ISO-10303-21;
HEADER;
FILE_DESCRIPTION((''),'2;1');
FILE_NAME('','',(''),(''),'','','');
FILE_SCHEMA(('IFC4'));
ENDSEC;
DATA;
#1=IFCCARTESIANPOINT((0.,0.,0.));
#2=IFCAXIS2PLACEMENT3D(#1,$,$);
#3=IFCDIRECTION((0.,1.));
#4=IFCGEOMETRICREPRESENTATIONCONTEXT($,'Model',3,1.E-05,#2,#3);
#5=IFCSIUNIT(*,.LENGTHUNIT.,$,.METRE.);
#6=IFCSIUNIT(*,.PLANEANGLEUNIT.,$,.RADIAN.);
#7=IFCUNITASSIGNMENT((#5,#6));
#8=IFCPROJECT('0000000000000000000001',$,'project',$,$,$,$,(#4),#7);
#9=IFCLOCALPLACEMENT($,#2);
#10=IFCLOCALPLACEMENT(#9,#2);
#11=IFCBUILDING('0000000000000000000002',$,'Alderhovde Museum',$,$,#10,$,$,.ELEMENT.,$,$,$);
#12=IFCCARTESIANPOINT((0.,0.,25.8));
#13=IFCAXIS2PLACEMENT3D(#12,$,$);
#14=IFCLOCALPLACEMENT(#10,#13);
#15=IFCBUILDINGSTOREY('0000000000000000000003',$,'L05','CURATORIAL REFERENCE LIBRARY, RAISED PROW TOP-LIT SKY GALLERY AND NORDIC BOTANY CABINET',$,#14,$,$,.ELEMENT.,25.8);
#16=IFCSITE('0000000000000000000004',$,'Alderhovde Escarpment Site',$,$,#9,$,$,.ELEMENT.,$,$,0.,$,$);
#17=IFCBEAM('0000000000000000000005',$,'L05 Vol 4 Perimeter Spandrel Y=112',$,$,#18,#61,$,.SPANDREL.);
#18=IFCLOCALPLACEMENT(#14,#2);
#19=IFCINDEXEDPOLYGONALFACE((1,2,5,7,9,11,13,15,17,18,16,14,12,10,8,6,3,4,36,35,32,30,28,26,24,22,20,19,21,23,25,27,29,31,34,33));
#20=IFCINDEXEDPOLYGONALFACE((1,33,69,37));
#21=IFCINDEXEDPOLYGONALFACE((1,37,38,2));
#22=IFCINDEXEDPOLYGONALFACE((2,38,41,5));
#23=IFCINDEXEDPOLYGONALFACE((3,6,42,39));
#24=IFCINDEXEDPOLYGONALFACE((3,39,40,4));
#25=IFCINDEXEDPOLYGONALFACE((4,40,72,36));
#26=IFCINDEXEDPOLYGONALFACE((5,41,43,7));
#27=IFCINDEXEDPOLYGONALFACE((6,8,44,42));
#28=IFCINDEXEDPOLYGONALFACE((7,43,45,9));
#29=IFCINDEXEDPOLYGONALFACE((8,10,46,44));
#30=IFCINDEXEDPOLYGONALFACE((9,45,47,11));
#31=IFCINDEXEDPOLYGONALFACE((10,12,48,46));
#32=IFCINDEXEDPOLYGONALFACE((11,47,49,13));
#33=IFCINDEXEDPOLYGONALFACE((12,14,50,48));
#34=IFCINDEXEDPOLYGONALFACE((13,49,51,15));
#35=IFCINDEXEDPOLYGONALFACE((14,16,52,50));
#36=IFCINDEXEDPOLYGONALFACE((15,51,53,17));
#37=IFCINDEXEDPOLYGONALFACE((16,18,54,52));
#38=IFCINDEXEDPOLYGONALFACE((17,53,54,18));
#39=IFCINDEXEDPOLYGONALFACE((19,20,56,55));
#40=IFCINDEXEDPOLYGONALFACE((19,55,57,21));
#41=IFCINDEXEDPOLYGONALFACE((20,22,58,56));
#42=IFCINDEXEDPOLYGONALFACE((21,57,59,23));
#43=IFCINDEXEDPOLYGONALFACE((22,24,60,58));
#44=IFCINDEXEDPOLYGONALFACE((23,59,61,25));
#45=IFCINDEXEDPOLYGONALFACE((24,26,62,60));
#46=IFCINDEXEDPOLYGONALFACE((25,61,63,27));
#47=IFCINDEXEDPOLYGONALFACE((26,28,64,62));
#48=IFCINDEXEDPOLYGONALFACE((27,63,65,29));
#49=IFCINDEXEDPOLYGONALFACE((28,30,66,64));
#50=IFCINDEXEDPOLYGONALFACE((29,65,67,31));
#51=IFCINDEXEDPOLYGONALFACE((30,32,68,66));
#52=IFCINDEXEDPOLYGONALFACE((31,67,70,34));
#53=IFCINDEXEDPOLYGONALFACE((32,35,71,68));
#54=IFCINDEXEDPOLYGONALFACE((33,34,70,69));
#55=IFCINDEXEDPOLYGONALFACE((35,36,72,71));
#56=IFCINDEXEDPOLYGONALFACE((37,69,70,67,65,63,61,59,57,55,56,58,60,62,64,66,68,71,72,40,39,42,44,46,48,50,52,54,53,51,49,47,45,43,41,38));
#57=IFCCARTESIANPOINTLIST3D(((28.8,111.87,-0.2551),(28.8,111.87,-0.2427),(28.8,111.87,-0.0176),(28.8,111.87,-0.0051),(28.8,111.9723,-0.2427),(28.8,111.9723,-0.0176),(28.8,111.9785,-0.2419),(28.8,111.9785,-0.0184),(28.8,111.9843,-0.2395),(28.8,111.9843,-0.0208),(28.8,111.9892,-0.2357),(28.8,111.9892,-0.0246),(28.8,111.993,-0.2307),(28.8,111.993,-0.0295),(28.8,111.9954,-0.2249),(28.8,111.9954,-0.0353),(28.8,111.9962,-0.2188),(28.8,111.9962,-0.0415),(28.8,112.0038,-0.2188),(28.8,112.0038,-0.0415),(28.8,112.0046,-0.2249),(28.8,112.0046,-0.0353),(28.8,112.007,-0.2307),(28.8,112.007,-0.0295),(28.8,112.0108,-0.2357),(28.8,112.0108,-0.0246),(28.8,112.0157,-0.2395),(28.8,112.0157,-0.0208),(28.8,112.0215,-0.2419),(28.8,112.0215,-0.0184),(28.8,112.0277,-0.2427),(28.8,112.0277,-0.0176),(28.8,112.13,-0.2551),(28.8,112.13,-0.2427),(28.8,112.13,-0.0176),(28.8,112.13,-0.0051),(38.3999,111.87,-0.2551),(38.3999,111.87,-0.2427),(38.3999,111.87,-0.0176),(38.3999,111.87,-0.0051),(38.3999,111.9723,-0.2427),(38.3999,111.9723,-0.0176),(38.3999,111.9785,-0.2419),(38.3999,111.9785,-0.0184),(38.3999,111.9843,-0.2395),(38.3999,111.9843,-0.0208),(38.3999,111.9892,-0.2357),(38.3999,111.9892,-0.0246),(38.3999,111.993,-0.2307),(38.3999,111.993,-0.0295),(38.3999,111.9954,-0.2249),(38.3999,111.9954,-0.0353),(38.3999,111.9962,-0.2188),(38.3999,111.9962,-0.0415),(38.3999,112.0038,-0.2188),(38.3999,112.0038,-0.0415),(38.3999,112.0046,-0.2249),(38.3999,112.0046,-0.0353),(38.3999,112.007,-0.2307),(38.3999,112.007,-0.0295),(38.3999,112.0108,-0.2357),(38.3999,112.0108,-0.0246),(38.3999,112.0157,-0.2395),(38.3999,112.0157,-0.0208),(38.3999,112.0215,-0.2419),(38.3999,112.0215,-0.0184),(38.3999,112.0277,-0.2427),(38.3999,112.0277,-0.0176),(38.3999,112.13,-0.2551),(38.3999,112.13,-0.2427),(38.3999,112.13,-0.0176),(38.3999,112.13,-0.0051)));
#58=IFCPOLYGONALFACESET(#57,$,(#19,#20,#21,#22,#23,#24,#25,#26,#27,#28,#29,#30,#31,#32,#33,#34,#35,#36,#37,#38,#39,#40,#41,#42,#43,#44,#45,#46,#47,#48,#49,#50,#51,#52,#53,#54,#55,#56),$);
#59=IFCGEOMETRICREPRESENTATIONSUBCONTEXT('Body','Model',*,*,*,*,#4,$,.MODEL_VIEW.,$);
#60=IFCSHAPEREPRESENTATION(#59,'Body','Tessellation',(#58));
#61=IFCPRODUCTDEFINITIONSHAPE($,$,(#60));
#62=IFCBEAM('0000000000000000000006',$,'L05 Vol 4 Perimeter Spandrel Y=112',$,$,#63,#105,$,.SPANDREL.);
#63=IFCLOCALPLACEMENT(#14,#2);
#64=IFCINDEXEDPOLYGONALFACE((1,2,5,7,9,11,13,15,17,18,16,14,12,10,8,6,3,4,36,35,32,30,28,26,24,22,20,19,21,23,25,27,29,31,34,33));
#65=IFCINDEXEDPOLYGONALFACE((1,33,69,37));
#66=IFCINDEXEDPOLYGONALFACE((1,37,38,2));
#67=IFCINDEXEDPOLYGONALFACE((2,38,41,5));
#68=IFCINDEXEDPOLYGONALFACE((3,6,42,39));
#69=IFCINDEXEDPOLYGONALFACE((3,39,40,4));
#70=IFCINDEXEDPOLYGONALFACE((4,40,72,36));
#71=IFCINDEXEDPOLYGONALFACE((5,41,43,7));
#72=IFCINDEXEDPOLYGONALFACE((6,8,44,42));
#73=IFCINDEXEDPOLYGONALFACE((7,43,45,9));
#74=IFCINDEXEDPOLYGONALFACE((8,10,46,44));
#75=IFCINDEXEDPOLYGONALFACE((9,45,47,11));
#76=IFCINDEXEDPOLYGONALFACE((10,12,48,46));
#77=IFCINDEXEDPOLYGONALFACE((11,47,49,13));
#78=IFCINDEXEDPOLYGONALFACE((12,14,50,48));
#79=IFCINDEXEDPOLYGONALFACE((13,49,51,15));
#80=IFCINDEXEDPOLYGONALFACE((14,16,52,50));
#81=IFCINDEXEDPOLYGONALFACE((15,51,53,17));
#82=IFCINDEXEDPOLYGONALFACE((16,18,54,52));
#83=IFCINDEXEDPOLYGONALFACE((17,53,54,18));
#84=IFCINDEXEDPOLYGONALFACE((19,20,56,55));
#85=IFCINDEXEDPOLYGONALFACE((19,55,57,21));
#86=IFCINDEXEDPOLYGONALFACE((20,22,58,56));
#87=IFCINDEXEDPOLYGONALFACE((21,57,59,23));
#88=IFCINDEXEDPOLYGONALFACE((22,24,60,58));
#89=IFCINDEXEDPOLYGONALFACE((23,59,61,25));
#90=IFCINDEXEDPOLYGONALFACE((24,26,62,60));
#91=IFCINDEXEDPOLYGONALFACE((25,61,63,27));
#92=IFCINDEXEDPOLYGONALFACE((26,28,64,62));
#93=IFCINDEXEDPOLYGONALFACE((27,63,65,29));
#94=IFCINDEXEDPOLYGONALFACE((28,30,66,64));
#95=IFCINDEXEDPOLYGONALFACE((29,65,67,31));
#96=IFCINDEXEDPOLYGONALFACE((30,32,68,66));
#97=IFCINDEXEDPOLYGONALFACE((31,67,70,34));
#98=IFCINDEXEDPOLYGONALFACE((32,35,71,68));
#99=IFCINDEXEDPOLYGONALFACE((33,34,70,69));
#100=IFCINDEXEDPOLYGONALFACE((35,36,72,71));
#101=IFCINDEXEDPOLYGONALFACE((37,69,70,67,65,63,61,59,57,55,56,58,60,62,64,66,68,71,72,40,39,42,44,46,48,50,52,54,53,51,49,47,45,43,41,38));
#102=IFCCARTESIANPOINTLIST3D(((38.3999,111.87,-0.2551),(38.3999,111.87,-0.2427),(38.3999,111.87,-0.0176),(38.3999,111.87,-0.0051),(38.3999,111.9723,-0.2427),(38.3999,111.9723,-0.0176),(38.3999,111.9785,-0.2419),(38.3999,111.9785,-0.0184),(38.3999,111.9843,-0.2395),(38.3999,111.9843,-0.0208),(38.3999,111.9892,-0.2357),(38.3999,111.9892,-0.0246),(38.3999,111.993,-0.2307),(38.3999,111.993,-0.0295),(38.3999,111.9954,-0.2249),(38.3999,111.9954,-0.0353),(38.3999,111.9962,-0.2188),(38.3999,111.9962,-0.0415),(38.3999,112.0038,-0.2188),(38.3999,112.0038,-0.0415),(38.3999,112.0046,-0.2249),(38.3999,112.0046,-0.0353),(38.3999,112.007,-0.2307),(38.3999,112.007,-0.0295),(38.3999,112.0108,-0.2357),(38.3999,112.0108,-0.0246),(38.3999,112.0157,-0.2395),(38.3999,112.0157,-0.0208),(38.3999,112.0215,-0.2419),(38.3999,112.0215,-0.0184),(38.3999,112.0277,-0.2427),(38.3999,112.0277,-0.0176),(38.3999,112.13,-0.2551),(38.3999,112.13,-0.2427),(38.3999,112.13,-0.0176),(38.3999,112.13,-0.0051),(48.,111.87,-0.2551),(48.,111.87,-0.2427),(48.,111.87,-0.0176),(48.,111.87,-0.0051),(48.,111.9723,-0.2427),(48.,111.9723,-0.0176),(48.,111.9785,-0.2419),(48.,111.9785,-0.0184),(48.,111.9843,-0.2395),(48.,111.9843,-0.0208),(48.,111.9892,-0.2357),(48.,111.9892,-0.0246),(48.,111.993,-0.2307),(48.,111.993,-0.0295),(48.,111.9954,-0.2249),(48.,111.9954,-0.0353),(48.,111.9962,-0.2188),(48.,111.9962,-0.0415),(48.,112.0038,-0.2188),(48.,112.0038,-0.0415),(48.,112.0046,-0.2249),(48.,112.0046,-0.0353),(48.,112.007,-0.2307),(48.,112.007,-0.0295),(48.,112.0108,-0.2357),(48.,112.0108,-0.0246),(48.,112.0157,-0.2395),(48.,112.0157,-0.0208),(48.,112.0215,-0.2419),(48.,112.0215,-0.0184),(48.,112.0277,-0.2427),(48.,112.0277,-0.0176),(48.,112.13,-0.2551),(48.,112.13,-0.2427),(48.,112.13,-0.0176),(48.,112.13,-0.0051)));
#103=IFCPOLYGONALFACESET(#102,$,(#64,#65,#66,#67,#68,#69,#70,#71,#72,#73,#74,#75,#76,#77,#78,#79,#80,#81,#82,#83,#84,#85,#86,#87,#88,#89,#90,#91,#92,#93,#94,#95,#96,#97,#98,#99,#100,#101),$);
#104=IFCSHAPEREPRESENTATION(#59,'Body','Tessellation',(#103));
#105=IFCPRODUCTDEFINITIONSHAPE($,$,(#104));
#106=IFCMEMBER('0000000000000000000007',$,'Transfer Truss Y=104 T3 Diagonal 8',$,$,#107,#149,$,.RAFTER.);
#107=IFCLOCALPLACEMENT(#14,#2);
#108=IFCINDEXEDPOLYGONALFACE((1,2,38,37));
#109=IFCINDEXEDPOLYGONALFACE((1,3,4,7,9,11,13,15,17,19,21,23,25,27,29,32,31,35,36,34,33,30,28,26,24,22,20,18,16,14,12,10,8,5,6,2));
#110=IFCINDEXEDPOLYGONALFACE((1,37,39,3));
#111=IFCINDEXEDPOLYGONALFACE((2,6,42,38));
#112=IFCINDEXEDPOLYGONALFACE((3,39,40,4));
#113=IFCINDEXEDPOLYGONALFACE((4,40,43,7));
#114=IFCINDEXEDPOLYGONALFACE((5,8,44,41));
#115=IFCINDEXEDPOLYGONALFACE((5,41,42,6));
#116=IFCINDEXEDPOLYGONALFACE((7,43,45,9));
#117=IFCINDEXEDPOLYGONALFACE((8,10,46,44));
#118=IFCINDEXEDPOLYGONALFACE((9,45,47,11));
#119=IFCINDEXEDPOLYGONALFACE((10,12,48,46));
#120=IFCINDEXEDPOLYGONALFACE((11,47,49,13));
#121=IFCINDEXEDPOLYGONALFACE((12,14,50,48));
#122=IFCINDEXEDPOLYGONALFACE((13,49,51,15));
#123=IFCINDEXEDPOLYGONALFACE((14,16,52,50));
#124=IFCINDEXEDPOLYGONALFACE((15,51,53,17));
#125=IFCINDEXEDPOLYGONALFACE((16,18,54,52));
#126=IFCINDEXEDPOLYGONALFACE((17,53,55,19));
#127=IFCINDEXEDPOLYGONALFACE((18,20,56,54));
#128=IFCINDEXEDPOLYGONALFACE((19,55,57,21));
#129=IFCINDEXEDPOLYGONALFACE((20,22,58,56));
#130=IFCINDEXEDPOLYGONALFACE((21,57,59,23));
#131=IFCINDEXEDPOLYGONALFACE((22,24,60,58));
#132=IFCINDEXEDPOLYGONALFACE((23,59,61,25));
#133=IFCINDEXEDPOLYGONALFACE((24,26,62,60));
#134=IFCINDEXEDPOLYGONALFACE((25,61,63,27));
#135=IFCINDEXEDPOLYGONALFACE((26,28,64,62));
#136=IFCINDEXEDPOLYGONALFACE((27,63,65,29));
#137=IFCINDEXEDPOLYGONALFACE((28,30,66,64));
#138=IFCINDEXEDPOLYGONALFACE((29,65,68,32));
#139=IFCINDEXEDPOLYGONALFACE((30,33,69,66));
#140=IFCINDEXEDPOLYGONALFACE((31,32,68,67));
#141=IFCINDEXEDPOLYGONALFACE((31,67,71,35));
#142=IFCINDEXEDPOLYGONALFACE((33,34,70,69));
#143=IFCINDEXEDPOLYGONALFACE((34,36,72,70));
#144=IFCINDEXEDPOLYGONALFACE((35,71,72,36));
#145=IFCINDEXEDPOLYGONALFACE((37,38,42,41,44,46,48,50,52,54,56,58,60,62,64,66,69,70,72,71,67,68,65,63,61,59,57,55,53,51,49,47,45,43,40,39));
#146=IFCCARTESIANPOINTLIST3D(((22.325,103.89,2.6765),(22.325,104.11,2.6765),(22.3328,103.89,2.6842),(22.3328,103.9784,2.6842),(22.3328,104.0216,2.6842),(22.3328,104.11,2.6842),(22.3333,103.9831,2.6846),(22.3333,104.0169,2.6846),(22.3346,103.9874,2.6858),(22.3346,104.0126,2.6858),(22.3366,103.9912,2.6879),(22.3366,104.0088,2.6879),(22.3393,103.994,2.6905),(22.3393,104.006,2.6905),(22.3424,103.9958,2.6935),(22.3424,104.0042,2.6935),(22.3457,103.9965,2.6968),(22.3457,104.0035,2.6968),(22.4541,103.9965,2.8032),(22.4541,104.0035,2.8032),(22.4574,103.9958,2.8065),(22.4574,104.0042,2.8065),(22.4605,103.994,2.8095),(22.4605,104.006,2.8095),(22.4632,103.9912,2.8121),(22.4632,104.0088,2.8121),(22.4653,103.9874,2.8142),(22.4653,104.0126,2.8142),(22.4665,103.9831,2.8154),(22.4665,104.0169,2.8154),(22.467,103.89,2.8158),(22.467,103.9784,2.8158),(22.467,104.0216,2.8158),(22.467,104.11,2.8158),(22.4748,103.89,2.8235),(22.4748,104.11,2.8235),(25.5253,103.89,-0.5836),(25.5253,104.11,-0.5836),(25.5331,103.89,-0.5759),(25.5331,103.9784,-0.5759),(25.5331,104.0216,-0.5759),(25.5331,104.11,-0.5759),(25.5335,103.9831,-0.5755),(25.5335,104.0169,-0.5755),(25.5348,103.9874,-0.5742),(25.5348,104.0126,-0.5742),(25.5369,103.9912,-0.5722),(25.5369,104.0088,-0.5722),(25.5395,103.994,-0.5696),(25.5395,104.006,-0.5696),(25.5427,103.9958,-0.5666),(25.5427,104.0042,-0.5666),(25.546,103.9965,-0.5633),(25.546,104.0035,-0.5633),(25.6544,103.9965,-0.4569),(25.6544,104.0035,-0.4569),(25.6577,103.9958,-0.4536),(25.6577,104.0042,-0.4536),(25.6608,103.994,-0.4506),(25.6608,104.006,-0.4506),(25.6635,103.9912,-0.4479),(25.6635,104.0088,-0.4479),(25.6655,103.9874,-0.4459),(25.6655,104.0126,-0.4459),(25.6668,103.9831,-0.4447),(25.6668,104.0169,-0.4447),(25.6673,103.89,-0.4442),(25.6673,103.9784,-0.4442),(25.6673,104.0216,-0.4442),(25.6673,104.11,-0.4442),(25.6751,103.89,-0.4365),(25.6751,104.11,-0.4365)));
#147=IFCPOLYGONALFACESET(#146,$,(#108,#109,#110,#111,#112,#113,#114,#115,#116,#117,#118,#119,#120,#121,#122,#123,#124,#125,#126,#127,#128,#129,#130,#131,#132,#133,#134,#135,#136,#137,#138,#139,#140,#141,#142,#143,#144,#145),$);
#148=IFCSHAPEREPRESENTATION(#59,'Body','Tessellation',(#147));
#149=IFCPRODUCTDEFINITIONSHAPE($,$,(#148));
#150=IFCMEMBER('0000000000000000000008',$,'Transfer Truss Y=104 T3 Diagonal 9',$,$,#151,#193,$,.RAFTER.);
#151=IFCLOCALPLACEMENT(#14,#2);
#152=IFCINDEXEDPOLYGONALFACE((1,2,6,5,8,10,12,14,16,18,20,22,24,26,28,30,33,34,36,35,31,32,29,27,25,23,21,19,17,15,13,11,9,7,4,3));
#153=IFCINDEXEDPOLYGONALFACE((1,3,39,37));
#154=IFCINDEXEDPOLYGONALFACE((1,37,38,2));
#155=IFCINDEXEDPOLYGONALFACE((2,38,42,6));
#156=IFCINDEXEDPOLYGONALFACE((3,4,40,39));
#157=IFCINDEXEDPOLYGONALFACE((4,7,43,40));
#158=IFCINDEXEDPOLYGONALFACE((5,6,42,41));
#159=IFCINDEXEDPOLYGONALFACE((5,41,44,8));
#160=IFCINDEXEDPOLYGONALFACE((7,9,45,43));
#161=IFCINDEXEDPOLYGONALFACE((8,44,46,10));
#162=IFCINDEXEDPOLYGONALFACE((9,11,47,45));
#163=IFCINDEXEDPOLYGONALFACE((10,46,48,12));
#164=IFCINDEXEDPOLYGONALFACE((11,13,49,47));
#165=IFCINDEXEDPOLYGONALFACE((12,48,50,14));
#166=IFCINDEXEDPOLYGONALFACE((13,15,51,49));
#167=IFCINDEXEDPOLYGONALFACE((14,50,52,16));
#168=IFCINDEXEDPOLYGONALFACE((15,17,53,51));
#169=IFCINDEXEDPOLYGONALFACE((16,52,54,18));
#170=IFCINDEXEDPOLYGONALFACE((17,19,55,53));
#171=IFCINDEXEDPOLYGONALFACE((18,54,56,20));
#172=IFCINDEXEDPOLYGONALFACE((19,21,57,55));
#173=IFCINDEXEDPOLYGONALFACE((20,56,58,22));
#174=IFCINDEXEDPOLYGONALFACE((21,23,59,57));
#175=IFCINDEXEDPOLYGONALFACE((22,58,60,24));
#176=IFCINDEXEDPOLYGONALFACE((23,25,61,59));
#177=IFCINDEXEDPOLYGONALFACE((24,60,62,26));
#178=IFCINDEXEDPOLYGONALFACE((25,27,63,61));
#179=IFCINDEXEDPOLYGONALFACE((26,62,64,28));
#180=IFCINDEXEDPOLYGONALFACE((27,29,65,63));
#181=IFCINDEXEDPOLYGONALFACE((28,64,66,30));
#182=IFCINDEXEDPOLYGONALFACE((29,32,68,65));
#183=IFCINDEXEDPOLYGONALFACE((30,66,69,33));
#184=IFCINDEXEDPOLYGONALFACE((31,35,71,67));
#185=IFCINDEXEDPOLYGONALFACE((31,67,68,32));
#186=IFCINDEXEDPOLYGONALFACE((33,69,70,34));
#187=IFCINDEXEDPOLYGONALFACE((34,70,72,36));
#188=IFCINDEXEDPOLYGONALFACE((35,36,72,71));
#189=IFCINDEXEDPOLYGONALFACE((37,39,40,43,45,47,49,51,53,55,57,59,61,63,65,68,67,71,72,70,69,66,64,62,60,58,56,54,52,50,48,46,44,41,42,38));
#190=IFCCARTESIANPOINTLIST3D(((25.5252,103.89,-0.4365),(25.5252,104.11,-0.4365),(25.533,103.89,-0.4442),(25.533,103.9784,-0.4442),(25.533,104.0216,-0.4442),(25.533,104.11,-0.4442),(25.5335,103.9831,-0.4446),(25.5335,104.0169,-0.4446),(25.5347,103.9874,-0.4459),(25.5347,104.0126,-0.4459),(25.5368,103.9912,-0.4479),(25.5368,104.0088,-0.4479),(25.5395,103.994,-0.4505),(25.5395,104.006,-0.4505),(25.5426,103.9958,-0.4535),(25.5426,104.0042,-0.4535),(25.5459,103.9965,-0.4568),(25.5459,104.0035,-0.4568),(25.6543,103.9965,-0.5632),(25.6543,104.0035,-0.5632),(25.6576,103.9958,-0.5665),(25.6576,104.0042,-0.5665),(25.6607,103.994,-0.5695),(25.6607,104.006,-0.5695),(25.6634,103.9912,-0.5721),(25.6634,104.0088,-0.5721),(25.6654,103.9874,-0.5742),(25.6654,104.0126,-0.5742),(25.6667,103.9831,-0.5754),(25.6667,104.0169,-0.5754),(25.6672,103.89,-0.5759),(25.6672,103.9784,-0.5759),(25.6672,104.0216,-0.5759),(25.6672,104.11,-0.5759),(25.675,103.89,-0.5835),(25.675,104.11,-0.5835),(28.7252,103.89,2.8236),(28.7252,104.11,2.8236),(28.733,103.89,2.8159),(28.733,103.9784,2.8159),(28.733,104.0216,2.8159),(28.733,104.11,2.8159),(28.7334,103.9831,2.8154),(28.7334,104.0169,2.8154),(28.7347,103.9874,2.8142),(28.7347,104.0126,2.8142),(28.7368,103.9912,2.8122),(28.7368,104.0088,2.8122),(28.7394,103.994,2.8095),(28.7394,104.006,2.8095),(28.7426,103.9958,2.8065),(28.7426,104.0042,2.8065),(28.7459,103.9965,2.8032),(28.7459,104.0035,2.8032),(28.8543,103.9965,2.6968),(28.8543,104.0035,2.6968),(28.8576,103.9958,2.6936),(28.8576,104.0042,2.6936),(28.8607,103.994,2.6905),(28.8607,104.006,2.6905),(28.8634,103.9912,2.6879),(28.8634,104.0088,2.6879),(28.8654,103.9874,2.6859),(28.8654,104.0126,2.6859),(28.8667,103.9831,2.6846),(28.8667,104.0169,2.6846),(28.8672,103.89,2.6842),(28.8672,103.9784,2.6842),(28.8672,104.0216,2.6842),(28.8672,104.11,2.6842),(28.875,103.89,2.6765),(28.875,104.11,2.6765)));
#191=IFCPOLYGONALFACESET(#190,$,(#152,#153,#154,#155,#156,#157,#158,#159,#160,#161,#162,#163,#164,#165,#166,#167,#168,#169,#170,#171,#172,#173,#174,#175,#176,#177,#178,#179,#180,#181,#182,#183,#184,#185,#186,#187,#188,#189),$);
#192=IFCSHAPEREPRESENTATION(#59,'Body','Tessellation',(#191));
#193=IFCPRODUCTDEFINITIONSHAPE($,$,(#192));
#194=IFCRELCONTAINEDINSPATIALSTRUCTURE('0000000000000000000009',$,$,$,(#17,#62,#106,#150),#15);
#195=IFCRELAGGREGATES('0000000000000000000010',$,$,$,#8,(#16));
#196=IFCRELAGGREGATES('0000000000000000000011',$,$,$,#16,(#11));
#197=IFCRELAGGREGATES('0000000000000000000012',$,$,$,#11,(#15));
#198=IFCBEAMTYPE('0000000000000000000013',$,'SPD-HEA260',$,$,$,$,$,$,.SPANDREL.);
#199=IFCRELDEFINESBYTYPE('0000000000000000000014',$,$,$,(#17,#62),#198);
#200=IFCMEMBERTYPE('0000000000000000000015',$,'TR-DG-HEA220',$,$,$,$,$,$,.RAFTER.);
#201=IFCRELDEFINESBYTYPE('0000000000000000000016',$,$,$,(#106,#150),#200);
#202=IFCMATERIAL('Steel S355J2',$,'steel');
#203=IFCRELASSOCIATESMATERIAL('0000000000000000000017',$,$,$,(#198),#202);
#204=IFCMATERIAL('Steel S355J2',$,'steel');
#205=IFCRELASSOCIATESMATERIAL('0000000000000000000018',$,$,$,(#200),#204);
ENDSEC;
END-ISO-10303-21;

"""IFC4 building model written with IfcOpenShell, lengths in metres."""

from ifc_helpers import new_model, si_unit, direction, frame, origin, origin_2d, place, context, subcontext, project, spatial, i_section, extrude, material, material_profile, profile_set, type_object, element, save


model = new_model("IFC4")

# Units and contexts
model_context = context("Model", 3, precision=1e-05, world=origin(), true_north=direction((0.0, 1.0)))
body_context = subcontext(model_context, "Body", "Model", "MODEL_VIEW")
ifc_project = project(units=[si_unit("LENGTHUNIT", "METRE"), si_unit("PLANEANGLEUNIT", "RADIAN")], contexts=[model_context])

# Site, building, storey
site_placement = place(None, origin())
site = spatial("IfcSite", under=ifc_project, at=site_placement, Name="Alderhovde Escarpment Site", CompositionType="ELEMENT", RefElevation=0.0)
building_placement = place(site_placement, origin())
building = spatial("IfcBuilding", under=site, at=building_placement, Name="Alderhovde Museum", CompositionType="ELEMENT")
storey_placement = place(building_placement, frame((0.0, 0.0, 25.8)))
storey = spatial("IfcBuildingStorey", under=building, at=storey_placement, Name="L05", Description="CURATORIAL REFERENCE LIBRARY, RAISED PROW TOP-LIT SKY GALLERY AND NORDIC BOTANY CABINET", CompositionType="ELEMENT", Elevation=25.8)

# Beams
ifc_material_1 = material(Name="Steel S355J2", Category="steel")
ifc_material_profile_1 = material_profile(ifc_material_1, i_section(OverallWidth=0.26, OverallDepth=0.25, WebThickness=0.0076, FlangeThickness=0.0125, FilletRadius=0.0239, at=origin_2d()), Name="HEA 260")
ifc_profile_set_1 = profile_set([ifc_material_profile_1], Name="Steel S355J2")
beam_type_1 = type_object("IfcBeamType", Name="SPD-HEA260", PredefinedType="SPANDREL", material=ifc_profile_set_1)
beam_1_placement = place(storey_placement, frame((28.8, 112.0, -0.1301), z_axis=(1.0, 0.0, 0.0), x_axis=(0.0, 1.0, 0.0)))
element("IfcBeam", 1, at=beam_1_placement, inside=storey, type_object=beam_type_1, Name="L05 Vol 4 Perimeter Spandrel Y=112", PredefinedType="SPANDREL", context=body_context, shape_type="SweptSolid", body=[
    extrude(i_section(OverallWidth=0.26, OverallDepth=0.25, WebThickness=0.0076, FlangeThickness=0.0125, FilletRadius=0.0239, at=origin_2d()), origin(), (0.0, 0.0, 1.0), 9.5999),
])
beam_2_placement = place(storey_placement, frame((38.3999, 112.0, -0.1301), z_axis=(1.0, 0.0, 0.0), x_axis=(0.0, 1.0, 0.0)))
element("IfcBeam", 2, at=beam_2_placement, inside=storey, type_object=beam_type_1, Name="L05 Vol 4 Perimeter Spandrel Y=112", PredefinedType="SPANDREL", context=body_context, shape_type="SweptSolid", body=[
    extrude(i_section(OverallWidth=0.26, OverallDepth=0.25, WebThickness=0.0076, FlangeThickness=0.0125, FilletRadius=0.0239, at=origin_2d()), origin(), (0.0, 0.0, 1.0), 9.6001),
])

# Members
ifc_material_2 = material(Name="Steel S355J2", Category="steel")
ifc_material_profile_2 = material_profile(ifc_material_2, i_section(OverallWidth=0.22, OverallDepth=0.21, WebThickness=0.0071, FlangeThickness=0.011, FilletRadius=0.0181, at=origin_2d()), Name="HEA 220")
ifc_profile_set_2 = profile_set([ifc_material_profile_2], Name="Steel S355J2")
member_type_1 = type_object("IfcMemberType", Name="TR-DG-HEA220", PredefinedType="RAFTER", material=ifc_profile_set_2)
member_1_placement = place(storey_placement, frame((22.3999, 104.0, 2.75), z_axis=(0.70053, 0.0, -0.713623), x_axis=(0.0, 1.0, 0.0)))
element("IfcMember", 3, at=member_1_placement, inside=storey, type_object=member_type_1, Name="Transfer Truss Y=104 T3 Diagonal 8", PredefinedType="RAFTER", context=body_context, shape_type="SweptSolid", body=[
    extrude(i_section(OverallWidth=0.22, OverallDepth=0.21, WebThickness=0.0071, FlangeThickness=0.011, FilletRadius=0.0181, at=origin_2d()), origin(), (0.0, 0.0, 1.0), 4.5684),
])
member_2_placement = place(storey_placement, frame((25.6001, 104.0, -0.51), z_axis=(0.700502, 0.0, 0.71365), x_axis=(0.0, 1.0, 0.0)))
element("IfcMember", 4, at=member_2_placement, inside=storey, type_object=member_type_1, Name="Transfer Truss Y=104 T3 Diagonal 9", PredefinedType="RAFTER", context=body_context, shape_type="SweptSolid", body=[
    extrude(i_section(OverallWidth=0.22, OverallDepth=0.21, WebThickness=0.0071, FlangeThickness=0.011, FilletRadius=0.0181, at=origin_2d()), origin(), (0.0, 0.0, 1.0), 4.5681),
])

save(model, "model.ifc")
